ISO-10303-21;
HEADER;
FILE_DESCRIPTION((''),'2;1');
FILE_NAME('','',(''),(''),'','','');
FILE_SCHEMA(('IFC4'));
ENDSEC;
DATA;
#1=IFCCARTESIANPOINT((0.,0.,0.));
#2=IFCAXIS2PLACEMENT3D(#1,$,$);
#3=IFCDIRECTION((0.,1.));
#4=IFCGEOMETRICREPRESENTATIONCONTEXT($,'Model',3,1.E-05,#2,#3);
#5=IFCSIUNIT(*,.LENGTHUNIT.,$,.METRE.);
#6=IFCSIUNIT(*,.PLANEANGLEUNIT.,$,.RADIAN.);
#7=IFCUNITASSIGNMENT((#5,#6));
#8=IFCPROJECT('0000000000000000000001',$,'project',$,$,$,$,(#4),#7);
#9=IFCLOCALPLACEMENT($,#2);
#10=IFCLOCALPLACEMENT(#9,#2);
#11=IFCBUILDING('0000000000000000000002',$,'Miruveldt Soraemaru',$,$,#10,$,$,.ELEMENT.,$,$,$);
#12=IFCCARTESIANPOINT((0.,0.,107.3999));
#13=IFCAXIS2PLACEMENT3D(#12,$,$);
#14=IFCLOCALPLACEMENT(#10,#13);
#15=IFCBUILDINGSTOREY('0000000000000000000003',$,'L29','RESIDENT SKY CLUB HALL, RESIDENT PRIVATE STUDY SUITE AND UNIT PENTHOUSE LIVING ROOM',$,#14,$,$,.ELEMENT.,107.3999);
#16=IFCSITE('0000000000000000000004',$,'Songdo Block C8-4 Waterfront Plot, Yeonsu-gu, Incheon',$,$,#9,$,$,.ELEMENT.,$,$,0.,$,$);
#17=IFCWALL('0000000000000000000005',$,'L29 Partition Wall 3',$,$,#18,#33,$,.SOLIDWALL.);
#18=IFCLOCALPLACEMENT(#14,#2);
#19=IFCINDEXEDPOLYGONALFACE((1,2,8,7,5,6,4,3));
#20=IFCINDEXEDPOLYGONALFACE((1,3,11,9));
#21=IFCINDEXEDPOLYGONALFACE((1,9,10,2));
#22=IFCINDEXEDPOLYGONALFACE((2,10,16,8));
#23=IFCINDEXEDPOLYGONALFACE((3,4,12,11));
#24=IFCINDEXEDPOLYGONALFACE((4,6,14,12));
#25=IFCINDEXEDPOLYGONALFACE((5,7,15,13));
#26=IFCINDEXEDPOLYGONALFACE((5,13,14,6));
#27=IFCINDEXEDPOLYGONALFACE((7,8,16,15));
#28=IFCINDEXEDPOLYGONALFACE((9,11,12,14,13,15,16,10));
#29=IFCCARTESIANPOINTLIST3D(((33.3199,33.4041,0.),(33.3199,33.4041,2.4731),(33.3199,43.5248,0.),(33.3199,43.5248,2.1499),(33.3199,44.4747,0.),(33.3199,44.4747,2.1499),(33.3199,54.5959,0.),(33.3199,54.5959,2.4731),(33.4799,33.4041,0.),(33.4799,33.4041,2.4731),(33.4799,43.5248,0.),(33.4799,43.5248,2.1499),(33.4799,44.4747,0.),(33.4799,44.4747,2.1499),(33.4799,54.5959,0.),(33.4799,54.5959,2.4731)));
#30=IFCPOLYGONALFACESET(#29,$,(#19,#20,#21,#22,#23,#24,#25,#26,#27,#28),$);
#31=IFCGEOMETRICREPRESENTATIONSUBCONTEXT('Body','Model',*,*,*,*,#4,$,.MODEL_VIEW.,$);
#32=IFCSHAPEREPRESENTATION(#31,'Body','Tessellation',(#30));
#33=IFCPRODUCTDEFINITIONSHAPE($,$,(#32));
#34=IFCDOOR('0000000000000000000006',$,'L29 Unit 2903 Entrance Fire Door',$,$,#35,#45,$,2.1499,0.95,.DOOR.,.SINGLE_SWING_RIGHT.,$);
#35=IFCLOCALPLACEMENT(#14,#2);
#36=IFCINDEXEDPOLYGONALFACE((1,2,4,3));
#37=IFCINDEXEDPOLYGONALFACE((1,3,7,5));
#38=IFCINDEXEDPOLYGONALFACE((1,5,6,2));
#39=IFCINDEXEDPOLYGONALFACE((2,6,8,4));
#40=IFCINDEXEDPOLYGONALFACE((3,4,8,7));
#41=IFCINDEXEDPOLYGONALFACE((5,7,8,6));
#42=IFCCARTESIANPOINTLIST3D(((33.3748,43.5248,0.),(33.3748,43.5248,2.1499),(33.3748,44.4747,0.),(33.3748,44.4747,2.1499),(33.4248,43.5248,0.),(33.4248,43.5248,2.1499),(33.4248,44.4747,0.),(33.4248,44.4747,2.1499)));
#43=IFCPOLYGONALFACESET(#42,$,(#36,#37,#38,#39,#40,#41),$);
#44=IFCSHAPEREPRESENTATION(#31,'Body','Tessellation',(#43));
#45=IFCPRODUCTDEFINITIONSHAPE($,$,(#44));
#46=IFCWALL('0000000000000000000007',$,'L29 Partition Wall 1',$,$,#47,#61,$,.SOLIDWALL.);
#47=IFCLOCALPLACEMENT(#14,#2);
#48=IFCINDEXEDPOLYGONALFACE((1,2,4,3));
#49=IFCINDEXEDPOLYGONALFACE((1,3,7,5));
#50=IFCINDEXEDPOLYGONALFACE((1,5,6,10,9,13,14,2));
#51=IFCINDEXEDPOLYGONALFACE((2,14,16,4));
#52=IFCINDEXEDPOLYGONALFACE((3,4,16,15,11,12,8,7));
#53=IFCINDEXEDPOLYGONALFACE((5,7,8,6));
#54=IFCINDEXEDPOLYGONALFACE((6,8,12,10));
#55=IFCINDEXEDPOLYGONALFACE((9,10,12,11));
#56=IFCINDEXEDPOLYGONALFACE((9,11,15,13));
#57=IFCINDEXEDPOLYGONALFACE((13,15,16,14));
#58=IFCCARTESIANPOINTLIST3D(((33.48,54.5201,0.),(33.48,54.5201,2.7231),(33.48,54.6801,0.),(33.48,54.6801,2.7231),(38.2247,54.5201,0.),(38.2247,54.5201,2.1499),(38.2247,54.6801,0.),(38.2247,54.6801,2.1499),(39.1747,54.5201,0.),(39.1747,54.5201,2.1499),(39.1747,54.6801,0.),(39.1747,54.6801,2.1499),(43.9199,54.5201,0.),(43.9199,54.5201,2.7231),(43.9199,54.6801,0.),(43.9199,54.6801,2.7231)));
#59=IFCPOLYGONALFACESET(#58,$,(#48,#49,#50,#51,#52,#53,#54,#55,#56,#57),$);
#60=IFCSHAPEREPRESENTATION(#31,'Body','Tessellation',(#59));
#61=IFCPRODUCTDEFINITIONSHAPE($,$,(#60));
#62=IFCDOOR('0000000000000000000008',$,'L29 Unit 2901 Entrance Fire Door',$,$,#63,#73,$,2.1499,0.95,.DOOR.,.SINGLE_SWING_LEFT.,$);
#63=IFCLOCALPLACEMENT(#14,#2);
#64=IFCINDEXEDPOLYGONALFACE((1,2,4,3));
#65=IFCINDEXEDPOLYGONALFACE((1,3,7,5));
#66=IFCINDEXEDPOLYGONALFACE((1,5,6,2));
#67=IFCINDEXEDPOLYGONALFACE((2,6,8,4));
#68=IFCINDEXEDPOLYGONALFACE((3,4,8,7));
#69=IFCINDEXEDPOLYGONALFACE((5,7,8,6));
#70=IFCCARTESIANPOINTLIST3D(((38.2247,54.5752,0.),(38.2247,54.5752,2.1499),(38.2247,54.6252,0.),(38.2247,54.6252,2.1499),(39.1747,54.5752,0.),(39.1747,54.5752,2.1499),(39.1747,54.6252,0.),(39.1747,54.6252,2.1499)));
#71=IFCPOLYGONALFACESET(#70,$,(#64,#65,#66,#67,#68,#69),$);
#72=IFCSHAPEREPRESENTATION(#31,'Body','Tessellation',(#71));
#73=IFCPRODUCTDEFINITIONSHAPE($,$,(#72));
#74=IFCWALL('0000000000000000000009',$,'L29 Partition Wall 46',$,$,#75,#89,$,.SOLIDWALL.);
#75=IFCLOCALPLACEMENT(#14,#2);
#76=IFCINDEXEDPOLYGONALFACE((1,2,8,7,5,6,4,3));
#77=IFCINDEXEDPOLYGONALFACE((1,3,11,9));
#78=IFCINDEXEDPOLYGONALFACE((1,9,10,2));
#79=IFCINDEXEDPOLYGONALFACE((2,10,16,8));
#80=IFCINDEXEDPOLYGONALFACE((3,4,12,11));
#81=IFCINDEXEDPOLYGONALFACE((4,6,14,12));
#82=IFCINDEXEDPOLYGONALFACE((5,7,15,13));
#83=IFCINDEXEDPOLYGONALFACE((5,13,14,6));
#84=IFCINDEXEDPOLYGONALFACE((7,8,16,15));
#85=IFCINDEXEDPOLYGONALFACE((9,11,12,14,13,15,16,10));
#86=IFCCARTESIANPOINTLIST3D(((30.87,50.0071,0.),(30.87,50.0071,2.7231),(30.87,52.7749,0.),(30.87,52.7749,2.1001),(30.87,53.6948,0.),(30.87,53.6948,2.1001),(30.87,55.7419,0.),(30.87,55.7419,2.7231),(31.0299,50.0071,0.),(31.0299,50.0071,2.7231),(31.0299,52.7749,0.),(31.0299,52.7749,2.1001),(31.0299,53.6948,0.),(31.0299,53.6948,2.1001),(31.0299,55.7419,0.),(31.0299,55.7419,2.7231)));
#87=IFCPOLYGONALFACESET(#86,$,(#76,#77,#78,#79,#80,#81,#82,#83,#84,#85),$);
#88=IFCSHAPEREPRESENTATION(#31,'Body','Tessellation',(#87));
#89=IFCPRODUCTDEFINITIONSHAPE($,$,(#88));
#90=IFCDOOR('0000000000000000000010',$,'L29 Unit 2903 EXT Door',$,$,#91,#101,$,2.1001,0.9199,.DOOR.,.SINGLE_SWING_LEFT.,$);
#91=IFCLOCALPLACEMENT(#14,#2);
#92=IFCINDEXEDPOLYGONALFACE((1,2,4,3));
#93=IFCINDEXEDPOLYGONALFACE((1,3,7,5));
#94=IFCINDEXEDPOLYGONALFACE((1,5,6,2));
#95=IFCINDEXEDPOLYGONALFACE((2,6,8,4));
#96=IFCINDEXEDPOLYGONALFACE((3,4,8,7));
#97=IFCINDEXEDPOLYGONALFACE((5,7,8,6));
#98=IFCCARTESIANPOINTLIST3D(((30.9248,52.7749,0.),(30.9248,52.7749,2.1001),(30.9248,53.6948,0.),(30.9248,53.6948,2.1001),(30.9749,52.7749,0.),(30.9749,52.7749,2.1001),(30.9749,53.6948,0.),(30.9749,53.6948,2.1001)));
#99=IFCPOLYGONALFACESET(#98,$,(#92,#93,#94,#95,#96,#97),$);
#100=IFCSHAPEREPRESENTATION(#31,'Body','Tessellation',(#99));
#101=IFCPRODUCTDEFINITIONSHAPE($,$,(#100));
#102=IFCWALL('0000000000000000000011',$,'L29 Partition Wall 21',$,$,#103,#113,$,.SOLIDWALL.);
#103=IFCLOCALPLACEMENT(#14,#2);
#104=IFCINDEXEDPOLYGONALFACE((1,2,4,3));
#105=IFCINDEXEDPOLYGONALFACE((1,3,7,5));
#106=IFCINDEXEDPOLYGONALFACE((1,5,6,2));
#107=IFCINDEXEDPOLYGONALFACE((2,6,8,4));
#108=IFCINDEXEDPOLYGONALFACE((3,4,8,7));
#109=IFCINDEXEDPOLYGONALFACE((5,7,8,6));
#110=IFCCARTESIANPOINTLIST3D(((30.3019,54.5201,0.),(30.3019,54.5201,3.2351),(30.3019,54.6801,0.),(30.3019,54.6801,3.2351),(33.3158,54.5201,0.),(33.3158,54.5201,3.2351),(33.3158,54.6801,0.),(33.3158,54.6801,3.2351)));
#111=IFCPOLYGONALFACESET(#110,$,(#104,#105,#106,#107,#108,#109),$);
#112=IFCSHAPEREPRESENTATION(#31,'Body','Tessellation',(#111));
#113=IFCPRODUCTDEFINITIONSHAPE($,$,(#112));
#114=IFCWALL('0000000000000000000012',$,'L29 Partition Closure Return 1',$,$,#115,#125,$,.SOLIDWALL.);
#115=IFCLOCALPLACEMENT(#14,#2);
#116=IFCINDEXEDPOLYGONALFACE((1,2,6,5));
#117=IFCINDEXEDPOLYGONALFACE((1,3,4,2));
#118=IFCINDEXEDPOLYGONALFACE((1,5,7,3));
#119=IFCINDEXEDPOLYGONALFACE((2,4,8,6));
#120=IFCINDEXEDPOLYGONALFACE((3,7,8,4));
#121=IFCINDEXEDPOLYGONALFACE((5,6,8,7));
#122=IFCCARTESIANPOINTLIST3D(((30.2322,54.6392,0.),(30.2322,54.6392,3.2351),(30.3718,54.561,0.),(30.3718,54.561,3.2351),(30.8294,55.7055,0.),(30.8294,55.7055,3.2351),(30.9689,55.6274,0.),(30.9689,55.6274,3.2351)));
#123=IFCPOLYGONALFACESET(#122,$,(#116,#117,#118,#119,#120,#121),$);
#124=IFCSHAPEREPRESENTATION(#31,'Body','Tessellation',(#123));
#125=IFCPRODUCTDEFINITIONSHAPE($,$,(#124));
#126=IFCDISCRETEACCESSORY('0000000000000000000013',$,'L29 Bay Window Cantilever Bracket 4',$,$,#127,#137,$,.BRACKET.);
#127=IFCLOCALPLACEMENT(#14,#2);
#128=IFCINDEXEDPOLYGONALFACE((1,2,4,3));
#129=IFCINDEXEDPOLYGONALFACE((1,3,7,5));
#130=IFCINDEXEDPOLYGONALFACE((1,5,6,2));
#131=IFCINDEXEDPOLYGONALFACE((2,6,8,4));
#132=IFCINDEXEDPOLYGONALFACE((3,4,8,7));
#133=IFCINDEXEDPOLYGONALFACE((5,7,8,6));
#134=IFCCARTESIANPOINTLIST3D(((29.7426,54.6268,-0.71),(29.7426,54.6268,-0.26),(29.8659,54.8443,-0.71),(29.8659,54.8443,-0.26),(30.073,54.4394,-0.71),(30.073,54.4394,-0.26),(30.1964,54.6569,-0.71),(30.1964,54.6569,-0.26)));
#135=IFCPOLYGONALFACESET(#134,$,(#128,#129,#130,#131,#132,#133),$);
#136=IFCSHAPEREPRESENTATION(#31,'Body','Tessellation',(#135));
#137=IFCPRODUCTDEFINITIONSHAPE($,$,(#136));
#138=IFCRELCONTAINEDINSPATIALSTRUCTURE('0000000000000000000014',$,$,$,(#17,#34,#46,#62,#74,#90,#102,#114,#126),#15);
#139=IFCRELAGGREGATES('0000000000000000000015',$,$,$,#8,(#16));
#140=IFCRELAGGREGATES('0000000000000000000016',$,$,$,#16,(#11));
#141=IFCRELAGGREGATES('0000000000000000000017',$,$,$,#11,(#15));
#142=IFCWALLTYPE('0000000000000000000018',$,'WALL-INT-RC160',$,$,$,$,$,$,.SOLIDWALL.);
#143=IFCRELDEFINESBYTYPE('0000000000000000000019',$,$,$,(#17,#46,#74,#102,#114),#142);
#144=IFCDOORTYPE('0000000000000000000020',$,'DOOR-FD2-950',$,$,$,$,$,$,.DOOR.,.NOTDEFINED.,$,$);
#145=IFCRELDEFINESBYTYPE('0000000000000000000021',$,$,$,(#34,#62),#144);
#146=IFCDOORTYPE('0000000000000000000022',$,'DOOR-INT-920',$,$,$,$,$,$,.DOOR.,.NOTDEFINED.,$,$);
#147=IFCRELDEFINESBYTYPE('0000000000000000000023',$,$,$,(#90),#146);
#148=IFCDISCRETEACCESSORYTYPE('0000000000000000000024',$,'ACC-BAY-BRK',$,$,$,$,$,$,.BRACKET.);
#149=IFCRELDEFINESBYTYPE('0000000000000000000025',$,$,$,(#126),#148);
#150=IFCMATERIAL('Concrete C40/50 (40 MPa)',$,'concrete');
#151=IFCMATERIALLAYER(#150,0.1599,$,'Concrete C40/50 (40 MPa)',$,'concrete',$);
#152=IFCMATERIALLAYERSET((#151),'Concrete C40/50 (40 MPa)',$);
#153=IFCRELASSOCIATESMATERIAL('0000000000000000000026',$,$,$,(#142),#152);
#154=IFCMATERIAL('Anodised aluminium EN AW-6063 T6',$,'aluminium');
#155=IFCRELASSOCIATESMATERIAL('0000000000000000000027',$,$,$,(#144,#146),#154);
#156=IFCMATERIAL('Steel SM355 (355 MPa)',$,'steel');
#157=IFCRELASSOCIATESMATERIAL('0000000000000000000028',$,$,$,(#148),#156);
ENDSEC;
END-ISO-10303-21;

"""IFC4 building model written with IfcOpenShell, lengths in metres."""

from ifc_helpers import new_model, si_unit, direction, frame, frame_2d, origin, origin_2d, place, context, subcontext, project, spatial, rectangle, extrude, material, layer, layer_set, type_object, element, fill, save


model = new_model("IFC4")

# Units and contexts
model_context = context("Model", 3, precision=1e-05, world=origin(), true_north=direction((0.0, 1.0)))
body_context = subcontext(model_context, "Body", "Model", "MODEL_VIEW")
ifc_project = project(units=[si_unit("LENGTHUNIT", "METRE"), si_unit("PLANEANGLEUNIT", "RADIAN")], contexts=[model_context])

# Site, building, storey
site_placement = place(None, origin())
site = spatial("IfcSite", under=ifc_project, at=site_placement, Name="Songdo Block C8-4 Waterfront Plot, Yeonsu-gu, Incheon", CompositionType="ELEMENT", RefElevation=0.0)
building_placement = place(site_placement, origin())
building = spatial("IfcBuilding", under=site, at=building_placement, Name="Miruveldt Soraemaru", CompositionType="ELEMENT")
storey_placement = place(building_placement, frame((0.0, 0.0, 107.3999)))
storey = spatial("IfcBuildingStorey", under=building, at=storey_placement, Name="L29", Description="RESIDENT SKY CLUB HALL, RESIDENT PRIVATE STUDY SUITE AND UNIT PENTHOUSE LIVING ROOM", CompositionType="ELEMENT", Elevation=107.3999)

# Shared definitions
ifc_material_1 = material(Name="Anodised aluminium EN AW-6063 T6", Category="aluminium")

# Walls, openings, doors
ifc_material_2 = material(Name="Concrete C40/50 (40 MPa)", Category="concrete")
ifc_layer_1 = layer(ifc_material_2, 0.1599, Name="Concrete C40/50 (40 MPa)", Category="concrete")
ifc_layer_set_1 = layer_set([ifc_layer_1], Name="Concrete C40/50 (40 MPa)")
wall_type_1 = type_object("IfcWallType", Name="WALL-INT-RC160", PredefinedType="SOLIDWALL", material=ifc_layer_set_1)
wall_1_placement = place(storey_placement, frame((33.3999, 54.5959, 0.0), z_axis=(0.0, 0.0, 1.0), x_axis=(0.0, -1.0, 0.0)))
wall_1 = element("IfcWall", 1, at=wall_1_placement, inside=storey, type_object=wall_type_1, Name="L29 Partition Wall 3", PredefinedType="SOLIDWALL", context=body_context, shape_type="SweptSolid", body=[
    extrude(rectangle(XDim=21.1919, YDim=0.1599, at=frame_2d((10.5959, 0.0))), origin(), (0.0, 0.0, 1.0), 2.4731),
])
opening_1_placement = place(wall_1_placement, frame((10.1211, 0.0, 0.0)))
opening_1 = element("IfcOpeningElement", 2, at=opening_1_placement, cuts=wall_1, PredefinedType="OPENING", context=body_context, shape_type="SweptSolid", body=[
    extrude(rectangle(XDim=0.95, YDim=2.1499, at=frame_2d((0.4751, 1.075))), frame((0.0, 0.0898, 0.0), z_axis=(0.0, -1.0, 0.0), x_axis=(1.0, 0.0, 0.0)), (0.0, 0.0, 1.0), 0.1799),
])
door_type_1 = type_object("IfcDoorType", Name="DOOR-FD2-950", OperationType="NOTDEFINED", PredefinedType="DOOR", material=ifc_material_1)
door_1_placement = place(opening_1_placement, origin())
door_1 = element("IfcDoor", 3, at=door_1_placement, inside=storey, type_object=door_type_1, Name="L29 Unit 2903 Entrance Fire Door", OperationType="SINGLE_SWING_RIGHT", OverallHeight=2.1499, OverallWidth=0.95, PredefinedType="DOOR", context=body_context, shape_type="SweptSolid", body=[
    extrude(rectangle(XDim=0.95, YDim=2.1499, at=frame_2d((0.4751, 1.075))), frame((0.0, 0.0249, 0.0), z_axis=(0.0, -1.0, 0.0), x_axis=(1.0, 0.0, 0.0)), (0.0, 0.0, 1.0), 0.05),
])
fill(opening_1, door_1)
wall_2_placement = place(storey_placement, frame((43.9199, 54.6001, 0.0), z_axis=(0.0, 0.0, 1.0), x_axis=(-1.0, 0.0, 0.0)))
wall_2 = element("IfcWall", 4, at=wall_2_placement, inside=storey, type_object=wall_type_1, Name="L29 Partition Wall 1", PredefinedType="SOLIDWALL", context=body_context, shape_type="SweptSolid", body=[
    extrude(rectangle(XDim=10.4399, YDim=0.1599, at=frame_2d((5.22, 0.0))), origin(), (0.0, 0.0, 1.0), 2.7231),
])
opening_2_placement = place(wall_2_placement, frame((4.7451, 0.0, 0.0)))
opening_2 = element("IfcOpeningElement", 5, at=opening_2_placement, cuts=wall_2, PredefinedType="OPENING", context=body_context, shape_type="SweptSolid", body=[
    extrude(rectangle(XDim=0.95, YDim=2.1499, at=frame_2d((0.4751, 1.075))), frame((0.0, 0.0898, 0.0), z_axis=(0.0, -1.0, 0.0), x_axis=(1.0, 0.0, 0.0)), (0.0, 0.0, 1.0), 0.1799),
])
door_2_placement = place(opening_2_placement, origin())
door_2 = element("IfcDoor", 6, at=door_2_placement, inside=storey, type_object=door_type_1, Name="L29 Unit 2901 Entrance Fire Door", OperationType="SINGLE_SWING_LEFT", OverallHeight=2.1499, OverallWidth=0.95, PredefinedType="DOOR", context=body_context, shape_type="SweptSolid", body=[
    extrude(rectangle(XDim=0.95, YDim=2.1499, at=frame_2d((0.4751, 1.075))), frame((0.0, 0.0249, 0.0), z_axis=(0.0, -1.0, 0.0), x_axis=(1.0, 0.0, 0.0)), (0.0, 0.0, 1.0), 0.05),
])
fill(opening_2, door_2)
wall_3_placement = place(storey_placement, frame((30.95, 55.7419, 0.0), z_axis=(0.0, 0.0, 1.0), x_axis=(0.0, -1.0, 0.0)))
wall_3 = element("IfcWall", 7, at=wall_3_placement, inside=storey, type_object=wall_type_1, Name="L29 Partition Wall 46", PredefinedType="SOLIDWALL", context=body_context, shape_type="SweptSolid", body=[
    extrude(rectangle(XDim=5.7349, YDim=0.1599, at=frame_2d((2.8674, 0.0))), origin(), (0.0, 0.0, 1.0), 2.7231),
])
opening_3_placement = place(wall_3_placement, frame((2.0471, 0.0, 0.0)))
opening_3 = element("IfcOpeningElement", 8, at=opening_3_placement, cuts=wall_3, PredefinedType="OPENING", context=body_context, shape_type="SweptSolid", body=[
    extrude(rectangle(XDim=0.9199, YDim=2.1001, at=frame_2d((0.46, 1.05))), frame((0.0, 0.0898, 0.0), z_axis=(0.0, -1.0, 0.0), x_axis=(1.0, 0.0, 0.0)), (0.0, 0.0, 1.0), 0.1799),
])
door_type_2 = type_object("IfcDoorType", Name="DOOR-INT-920", OperationType="NOTDEFINED", PredefinedType="DOOR", material=ifc_material_1)
door_3_placement = place(opening_3_placement, origin())
door_3 = element("IfcDoor", 9, at=door_3_placement, inside=storey, type_object=door_type_2, Name="L29 Unit 2903 EXT Door", OperationType="SINGLE_SWING_LEFT", OverallHeight=2.1001, OverallWidth=0.9199, PredefinedType="DOOR", context=body_context, shape_type="SweptSolid", body=[
    extrude(rectangle(XDim=0.9199, YDim=2.1001, at=frame_2d((0.46, 1.05))), frame((0.0, 0.0249, 0.0), z_axis=(0.0, -1.0, 0.0), x_axis=(1.0, 0.0, 0.0)), (0.0, 0.0, 1.0), 0.05),
])
fill(opening_3, door_3)

# Walls
wall_4_placement = place(storey_placement, frame((30.302, 54.6001, 0.0), z_axis=(0.0, 0.0, 1.0), x_axis=(1.0, 0.0, 0.0)))
element("IfcWall", 10, at=wall_4_placement, inside=storey, type_object=wall_type_1, Name="L29 Partition Wall 21", PredefinedType="SOLIDWALL", context=body_context, shape_type="SweptSolid", body=[
    extrude(rectangle(XDim=3.0139, YDim=0.1599, at=frame_2d((1.5068, 0.0))), origin(), (0.0, 0.0, 1.0), 3.2351),
])
wall_5_placement = place(storey_placement, frame((30.302, 54.6001, 0.0), z_axis=(0.0, 0.0, 1.0), x_axis=(0.488591, 0.872513, 0.0)))
element("IfcWall", 11, at=wall_5_placement, inside=storey, type_object=wall_type_1, Name="L29 Partition Closure Return 1", PredefinedType="SOLIDWALL", context=body_context, shape_type="SweptSolid", body=[
    extrude(rectangle(XDim=1.2222, YDim=0.1599, at=frame_2d((0.6111, 0.0))), origin(), (0.0, 0.0, 1.0), 3.2351),
])

# Discrete accessory
ifc_material_3 = material(Name="Steel SM355 (355 MPa)", Category="steel")
discrete_accessory_type = type_object("IfcDiscreteAccessoryType", Name="ACC-BAY-BRK", PredefinedType="BRACKET", material=ifc_material_3)
discrete_accessory_placement = place(storey_placement, frame((29.9695, 54.6418, -0.71), z_axis=(0.0, 0.0, 1.0), x_axis=(-0.86984, 0.493335, 0.0)))
element("IfcDiscreteAccessory", 12, at=discrete_accessory_placement, inside=storey, type_object=discrete_accessory_type, Name="L29 Bay Window Cantilever Bracket 4", PredefinedType="BRACKET", context=body_context, shape_type="SweptSolid", body=[
    extrude(rectangle(XDim=0.3799, YDim=0.25, at=origin_2d()), origin(), (0.0, 0.0, 1.0), 0.45),
])

save(model, "model.ifc")
